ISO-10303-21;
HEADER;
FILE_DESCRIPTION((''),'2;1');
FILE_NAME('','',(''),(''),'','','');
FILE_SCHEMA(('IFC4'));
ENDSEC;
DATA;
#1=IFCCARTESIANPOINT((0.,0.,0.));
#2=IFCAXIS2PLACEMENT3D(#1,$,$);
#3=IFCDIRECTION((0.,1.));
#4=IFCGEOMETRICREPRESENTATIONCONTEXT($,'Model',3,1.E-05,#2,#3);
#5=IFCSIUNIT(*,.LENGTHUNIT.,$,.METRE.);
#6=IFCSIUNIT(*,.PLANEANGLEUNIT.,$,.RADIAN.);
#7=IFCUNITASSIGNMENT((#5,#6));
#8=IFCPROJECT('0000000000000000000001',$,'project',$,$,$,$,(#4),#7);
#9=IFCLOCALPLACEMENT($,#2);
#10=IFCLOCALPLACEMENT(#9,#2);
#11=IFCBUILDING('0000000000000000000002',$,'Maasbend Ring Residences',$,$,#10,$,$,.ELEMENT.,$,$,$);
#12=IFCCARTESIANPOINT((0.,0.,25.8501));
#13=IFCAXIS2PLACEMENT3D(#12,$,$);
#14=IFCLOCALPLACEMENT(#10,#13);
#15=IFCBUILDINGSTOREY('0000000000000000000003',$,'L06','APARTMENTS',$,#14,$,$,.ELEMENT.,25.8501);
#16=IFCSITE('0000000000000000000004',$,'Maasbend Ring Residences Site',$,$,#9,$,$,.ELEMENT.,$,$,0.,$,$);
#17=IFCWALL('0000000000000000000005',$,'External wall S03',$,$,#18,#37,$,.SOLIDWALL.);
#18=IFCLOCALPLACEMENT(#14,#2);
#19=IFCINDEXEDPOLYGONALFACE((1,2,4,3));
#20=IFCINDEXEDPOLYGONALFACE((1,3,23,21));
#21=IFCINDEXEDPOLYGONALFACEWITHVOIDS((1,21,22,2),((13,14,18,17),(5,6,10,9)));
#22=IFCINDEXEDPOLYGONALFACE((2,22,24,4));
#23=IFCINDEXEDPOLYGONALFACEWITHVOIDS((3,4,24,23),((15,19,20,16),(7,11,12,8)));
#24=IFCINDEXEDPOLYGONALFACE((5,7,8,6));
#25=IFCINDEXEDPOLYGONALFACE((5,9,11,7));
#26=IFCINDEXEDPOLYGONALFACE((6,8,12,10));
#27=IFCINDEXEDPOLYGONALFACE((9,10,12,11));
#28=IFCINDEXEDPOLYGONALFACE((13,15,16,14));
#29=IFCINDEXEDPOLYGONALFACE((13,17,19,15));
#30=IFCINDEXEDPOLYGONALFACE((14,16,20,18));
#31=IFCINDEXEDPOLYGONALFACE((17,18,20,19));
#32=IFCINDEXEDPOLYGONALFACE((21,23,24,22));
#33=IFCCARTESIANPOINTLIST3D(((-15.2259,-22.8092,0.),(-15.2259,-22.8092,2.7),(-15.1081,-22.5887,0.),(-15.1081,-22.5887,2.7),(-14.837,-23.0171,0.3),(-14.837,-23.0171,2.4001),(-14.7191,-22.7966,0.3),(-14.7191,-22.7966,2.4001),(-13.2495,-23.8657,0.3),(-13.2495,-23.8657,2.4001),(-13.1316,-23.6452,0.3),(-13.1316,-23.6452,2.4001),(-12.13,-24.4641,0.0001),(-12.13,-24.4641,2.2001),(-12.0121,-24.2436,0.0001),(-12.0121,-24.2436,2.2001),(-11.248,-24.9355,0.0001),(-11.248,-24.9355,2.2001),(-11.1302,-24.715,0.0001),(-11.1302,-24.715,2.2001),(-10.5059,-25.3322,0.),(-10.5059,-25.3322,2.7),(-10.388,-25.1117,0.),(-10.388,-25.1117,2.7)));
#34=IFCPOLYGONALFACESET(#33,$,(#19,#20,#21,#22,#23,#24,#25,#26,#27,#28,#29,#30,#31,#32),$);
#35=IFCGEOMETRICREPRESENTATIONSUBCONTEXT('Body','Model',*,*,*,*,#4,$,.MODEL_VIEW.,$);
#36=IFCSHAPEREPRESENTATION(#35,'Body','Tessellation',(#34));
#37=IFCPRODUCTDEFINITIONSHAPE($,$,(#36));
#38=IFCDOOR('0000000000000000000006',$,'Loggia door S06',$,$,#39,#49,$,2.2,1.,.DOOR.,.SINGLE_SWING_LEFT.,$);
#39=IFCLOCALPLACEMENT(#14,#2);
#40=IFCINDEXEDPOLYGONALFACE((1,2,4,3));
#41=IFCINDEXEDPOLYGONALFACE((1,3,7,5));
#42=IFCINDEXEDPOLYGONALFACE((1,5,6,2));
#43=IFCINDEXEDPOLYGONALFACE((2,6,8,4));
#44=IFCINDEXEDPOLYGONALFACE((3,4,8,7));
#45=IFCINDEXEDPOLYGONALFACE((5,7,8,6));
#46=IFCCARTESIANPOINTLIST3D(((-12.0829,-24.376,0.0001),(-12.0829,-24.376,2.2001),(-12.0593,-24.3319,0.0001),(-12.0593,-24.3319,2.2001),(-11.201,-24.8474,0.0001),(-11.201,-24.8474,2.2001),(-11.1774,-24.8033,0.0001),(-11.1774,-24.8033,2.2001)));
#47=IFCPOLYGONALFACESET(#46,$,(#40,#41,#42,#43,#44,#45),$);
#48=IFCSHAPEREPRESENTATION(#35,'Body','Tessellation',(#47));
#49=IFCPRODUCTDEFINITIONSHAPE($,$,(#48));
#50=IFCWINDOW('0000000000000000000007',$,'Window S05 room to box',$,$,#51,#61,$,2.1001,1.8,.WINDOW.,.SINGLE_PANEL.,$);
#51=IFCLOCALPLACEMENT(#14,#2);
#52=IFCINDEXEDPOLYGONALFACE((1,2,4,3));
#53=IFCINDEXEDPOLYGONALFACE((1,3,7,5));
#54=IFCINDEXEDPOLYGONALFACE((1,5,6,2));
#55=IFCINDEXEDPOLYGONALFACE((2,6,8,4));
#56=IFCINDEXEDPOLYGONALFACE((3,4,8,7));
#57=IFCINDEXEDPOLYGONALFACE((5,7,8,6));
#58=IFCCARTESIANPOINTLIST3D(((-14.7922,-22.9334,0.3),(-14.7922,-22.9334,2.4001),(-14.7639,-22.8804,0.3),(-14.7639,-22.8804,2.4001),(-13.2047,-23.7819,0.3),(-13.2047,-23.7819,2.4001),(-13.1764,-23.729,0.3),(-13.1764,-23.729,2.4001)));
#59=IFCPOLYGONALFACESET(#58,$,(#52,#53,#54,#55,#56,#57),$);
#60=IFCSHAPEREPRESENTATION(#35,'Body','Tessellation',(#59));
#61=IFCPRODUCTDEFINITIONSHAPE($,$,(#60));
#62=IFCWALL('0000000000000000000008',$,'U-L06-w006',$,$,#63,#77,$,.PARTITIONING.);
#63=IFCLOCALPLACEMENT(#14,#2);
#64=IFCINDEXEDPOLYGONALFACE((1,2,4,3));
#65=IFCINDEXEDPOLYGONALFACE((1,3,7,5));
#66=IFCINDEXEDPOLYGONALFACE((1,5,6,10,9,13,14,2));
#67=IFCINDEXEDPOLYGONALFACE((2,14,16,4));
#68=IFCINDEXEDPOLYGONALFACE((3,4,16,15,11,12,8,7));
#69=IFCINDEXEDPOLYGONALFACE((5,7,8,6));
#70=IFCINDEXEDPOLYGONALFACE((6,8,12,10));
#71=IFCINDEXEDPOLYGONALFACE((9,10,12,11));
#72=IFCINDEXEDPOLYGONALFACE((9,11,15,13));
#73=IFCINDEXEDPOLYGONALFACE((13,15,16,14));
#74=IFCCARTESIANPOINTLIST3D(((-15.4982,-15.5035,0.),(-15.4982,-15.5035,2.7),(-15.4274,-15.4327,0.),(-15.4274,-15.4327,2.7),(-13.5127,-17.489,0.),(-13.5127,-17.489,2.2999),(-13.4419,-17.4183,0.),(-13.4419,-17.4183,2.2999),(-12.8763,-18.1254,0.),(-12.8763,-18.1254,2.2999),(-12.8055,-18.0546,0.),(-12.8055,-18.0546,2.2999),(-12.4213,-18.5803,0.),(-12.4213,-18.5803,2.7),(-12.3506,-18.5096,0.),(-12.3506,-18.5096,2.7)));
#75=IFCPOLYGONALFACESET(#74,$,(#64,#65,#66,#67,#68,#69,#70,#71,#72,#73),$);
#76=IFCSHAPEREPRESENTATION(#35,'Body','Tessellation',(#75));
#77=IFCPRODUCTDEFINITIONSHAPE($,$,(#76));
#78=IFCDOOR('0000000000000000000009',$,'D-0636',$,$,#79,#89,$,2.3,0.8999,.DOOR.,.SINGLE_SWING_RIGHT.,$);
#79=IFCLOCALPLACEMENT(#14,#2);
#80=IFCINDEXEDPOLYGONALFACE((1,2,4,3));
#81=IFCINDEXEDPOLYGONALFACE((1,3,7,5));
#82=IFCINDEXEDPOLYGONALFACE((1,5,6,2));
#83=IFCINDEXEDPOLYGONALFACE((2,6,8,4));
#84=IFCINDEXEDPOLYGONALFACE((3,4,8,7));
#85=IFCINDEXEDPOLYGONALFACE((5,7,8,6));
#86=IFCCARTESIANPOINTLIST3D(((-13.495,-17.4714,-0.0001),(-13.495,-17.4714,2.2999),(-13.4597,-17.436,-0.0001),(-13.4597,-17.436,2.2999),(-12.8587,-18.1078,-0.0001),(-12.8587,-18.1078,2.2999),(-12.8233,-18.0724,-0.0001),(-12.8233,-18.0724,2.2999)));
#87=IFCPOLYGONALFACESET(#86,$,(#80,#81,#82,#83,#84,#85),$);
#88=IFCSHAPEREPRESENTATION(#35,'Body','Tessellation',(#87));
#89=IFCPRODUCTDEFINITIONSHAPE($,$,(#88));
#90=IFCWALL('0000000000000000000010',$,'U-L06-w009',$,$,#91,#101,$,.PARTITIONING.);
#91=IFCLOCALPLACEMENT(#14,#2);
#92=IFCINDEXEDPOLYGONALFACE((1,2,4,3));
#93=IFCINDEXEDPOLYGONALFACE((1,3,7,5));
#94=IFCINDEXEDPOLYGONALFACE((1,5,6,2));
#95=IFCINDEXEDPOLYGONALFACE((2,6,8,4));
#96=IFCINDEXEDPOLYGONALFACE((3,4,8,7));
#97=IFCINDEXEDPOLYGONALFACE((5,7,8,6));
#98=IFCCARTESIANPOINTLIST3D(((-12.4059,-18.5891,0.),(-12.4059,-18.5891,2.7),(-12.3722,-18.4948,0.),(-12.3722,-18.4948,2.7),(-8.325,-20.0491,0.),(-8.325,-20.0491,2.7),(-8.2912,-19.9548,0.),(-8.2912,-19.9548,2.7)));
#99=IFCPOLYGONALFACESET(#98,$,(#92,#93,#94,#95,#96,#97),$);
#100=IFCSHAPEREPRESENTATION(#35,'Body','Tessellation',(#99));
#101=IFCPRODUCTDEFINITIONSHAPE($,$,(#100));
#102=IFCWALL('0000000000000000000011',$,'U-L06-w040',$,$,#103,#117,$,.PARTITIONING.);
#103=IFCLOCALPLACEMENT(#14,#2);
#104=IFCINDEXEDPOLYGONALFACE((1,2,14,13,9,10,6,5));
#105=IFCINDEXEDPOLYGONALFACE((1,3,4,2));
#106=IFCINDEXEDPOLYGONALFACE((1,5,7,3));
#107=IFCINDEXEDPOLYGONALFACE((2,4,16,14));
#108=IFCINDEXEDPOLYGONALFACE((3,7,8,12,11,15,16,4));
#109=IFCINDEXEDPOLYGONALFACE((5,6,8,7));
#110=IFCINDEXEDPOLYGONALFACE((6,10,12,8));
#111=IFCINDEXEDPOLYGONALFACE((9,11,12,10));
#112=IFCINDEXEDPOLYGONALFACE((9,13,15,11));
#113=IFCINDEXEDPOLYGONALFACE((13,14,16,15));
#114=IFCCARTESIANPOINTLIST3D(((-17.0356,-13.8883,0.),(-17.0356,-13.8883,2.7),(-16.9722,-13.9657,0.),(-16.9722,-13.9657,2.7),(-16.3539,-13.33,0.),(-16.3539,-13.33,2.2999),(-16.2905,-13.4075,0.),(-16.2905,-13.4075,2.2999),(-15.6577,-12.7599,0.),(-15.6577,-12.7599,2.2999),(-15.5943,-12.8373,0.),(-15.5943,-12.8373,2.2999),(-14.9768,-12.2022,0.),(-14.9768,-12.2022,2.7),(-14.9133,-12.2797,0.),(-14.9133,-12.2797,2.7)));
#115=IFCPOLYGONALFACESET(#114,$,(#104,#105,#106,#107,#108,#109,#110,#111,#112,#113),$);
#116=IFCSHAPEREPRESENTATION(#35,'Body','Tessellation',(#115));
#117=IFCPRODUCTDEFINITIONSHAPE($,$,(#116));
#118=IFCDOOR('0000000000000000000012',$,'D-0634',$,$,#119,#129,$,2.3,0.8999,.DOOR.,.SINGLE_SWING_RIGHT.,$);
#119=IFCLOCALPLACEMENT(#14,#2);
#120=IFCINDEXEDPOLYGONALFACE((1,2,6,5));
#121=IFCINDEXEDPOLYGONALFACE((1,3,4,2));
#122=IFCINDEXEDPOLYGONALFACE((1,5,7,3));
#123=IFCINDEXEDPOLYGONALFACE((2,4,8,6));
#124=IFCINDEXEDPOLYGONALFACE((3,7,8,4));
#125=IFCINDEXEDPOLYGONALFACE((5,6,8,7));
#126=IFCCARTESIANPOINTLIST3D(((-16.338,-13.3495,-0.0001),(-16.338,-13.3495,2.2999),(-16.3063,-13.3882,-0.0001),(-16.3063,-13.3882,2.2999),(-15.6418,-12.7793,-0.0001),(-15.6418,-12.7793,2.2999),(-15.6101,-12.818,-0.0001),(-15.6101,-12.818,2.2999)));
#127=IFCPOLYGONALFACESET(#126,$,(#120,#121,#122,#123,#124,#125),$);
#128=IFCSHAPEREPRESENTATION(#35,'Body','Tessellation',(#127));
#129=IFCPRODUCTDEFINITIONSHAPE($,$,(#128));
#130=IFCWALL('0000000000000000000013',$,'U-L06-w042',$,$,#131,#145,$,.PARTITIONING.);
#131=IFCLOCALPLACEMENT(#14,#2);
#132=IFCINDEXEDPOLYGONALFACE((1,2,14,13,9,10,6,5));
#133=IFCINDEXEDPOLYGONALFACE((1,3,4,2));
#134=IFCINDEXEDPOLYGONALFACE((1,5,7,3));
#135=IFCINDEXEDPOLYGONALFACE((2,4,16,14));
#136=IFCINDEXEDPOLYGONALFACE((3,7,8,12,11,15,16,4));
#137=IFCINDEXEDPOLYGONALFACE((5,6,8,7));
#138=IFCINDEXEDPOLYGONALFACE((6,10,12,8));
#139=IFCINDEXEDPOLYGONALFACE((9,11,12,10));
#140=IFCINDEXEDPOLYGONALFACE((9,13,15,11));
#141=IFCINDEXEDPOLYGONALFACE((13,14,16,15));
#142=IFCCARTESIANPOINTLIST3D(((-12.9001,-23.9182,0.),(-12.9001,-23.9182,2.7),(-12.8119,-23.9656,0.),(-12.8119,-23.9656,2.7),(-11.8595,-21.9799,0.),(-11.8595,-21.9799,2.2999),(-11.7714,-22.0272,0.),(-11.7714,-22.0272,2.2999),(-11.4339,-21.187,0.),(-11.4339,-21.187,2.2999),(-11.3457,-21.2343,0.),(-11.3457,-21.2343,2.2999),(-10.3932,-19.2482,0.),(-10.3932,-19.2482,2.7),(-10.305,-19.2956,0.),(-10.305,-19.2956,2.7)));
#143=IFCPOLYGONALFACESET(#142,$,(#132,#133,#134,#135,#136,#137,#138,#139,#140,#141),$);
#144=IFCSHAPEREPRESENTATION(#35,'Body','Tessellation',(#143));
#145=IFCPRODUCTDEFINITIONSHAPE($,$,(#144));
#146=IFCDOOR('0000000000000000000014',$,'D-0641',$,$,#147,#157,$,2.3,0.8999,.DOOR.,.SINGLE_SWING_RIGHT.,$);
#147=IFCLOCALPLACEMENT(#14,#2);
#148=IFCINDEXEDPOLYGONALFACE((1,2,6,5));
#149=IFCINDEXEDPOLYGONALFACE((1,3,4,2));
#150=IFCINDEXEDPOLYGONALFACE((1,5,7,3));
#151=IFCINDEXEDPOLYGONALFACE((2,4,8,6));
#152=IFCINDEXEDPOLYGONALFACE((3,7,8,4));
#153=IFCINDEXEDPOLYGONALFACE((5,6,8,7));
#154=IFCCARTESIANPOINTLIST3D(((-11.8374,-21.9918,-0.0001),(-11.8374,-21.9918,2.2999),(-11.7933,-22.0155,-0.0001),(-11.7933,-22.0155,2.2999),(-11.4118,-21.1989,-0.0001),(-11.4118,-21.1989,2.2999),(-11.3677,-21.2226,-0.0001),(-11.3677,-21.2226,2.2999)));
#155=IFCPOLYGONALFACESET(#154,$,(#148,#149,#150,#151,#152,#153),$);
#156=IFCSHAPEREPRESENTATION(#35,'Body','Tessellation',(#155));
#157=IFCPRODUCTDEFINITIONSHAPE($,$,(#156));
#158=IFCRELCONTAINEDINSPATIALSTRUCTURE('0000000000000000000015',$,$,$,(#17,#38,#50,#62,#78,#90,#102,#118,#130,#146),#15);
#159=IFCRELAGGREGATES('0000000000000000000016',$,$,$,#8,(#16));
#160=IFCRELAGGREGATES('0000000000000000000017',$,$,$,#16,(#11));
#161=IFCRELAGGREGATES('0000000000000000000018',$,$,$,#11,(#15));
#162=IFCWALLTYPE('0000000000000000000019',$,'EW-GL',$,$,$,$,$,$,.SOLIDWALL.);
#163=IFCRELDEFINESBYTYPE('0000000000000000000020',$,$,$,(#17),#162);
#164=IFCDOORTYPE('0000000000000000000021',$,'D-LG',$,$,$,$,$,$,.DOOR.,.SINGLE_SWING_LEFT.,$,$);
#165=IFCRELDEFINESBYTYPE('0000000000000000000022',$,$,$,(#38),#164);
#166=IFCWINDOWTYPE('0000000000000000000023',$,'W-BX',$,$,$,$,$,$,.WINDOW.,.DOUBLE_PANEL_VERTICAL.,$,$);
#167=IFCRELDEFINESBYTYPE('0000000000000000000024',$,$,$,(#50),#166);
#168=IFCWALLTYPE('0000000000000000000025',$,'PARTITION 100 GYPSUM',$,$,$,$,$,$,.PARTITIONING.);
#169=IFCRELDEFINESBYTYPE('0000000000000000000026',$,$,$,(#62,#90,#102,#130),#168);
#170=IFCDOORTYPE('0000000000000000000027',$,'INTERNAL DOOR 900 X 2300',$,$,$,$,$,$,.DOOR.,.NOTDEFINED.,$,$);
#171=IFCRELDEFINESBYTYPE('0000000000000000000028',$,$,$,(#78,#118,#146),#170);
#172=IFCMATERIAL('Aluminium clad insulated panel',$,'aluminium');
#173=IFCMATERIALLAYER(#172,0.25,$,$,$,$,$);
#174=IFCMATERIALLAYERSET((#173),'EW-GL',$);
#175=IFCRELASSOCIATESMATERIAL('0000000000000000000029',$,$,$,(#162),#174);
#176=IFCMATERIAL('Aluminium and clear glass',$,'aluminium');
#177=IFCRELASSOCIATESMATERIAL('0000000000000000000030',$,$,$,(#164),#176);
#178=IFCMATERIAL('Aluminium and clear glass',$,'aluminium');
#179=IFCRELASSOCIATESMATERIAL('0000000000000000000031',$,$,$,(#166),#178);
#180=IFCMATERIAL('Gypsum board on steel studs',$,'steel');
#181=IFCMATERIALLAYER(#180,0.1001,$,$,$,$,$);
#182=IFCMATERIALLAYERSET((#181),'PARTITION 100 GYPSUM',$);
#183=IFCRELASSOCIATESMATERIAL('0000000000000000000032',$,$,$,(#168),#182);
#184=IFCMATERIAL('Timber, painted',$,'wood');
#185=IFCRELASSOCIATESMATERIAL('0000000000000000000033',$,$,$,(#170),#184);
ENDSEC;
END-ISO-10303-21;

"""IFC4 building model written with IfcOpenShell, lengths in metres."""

from ifc_helpers import new_model, si_unit, direction, frame, frame_2d, origin, place, context, subcontext, project, spatial, rectangle, extrude, material, layer, layer_set, type_object, element, fill, save


model = new_model("IFC4")

# Units and contexts
model_context = context("Model", 3, precision=1e-05, world=origin(), true_north=direction((0.0, 1.0)))
body_context = subcontext(model_context, "Body", "Model", "MODEL_VIEW")
ifc_project = project(units=[si_unit("LENGTHUNIT", "METRE"), si_unit("PLANEANGLEUNIT", "RADIAN")], contexts=[model_context])

# Site, building, storey
site_placement = place(None, origin())
site = spatial("IfcSite", under=ifc_project, at=site_placement, Name="Maasbend Ring Residences Site", CompositionType="ELEMENT", RefElevation=0.0)
building_placement = place(site_placement, origin())
building = spatial("IfcBuilding", under=site, at=building_placement, Name="Maasbend Ring Residences", CompositionType="ELEMENT")
storey_placement = place(building_placement, frame((0.0, 0.0, 25.8501)))
storey = spatial("IfcBuildingStorey", under=building, at=storey_placement, Name="L06", Description="APARTMENTS", CompositionType="ELEMENT", Elevation=25.8501)

# Wall, openings, door, window
ifc_material_1 = material(Name="Aluminium clad insulated panel", Category="aluminium")
ifc_layer_1 = layer(ifc_material_1, 0.25)
ifc_layer_set_1 = layer_set([ifc_layer_1], Name="EW-GL")
wall_type_1 = type_object("IfcWallType", Name="EW-GL", PredefinedType="SOLIDWALL", material=ifc_layer_set_1)
wall_1_placement = place(storey_placement, frame((-15.167, -22.699, 0.0), z_axis=(0.0, 0.0, 1.0), x_axis=(0.881916, -0.471407, 0.0)))
wall_1 = element("IfcWall", 1, at=wall_1_placement, inside=storey, type_object=wall_type_1, Name="External wall S03", PredefinedType="SOLIDWALL", context=body_context, shape_type="SweptSolid", body=[
    extrude(rectangle(XDim=5.3521, YDim=0.25, at=frame_2d((2.676, 0.0))), origin(), (0.0, 0.0, 1.0), 2.7),
])
opening_1_placement = place(wall_1_placement, frame((0.4412, 0.0, 0.3)))
opening_1 = element("IfcOpeningElement", 2, at=opening_1_placement, cuts=wall_1, PredefinedType="OPENING", context=body_context, shape_type="SweptSolid", body=[
    extrude(rectangle(XDim=1.8, YDim=2.1001, at=frame_2d((0.8999, 1.05))), frame((0.0, 0.135, 0.0), z_axis=(0.0, -1.0, 0.0), x_axis=(1.0, 0.0, 0.0)), (0.0, 0.0, 1.0), 0.27),
])
opening_2_placement = place(wall_1_placement, frame((3.5105, 0.0, 0.0)))
opening_2 = element("IfcOpeningElement", 3, at=opening_2_placement, cuts=wall_1, PredefinedType="OPENING", context=body_context, shape_type="SweptSolid", body=[
    extrude(rectangle(XDim=1.0, YDim=2.2, at=frame_2d((0.5, 1.1001))), frame((0.0, 0.135, 0.0), z_axis=(0.0, -1.0, 0.0), x_axis=(1.0, 0.0, 0.0)), (0.0, 0.0, 1.0), 0.27),
])
ifc_material_2 = material(Name="Aluminium and clear glass", Category="aluminium")
door_type_1 = type_object("IfcDoorType", Name="D-LG", OperationType="SINGLE_SWING_LEFT", PredefinedType="DOOR", material=ifc_material_2)
door_1_placement = place(opening_2_placement, origin())
door_1 = element("IfcDoor", 4, at=door_1_placement, inside=storey, type_object=door_type_1, Name="Loggia door S06", OperationType="SINGLE_SWING_LEFT", OverallHeight=2.2, OverallWidth=1.0, PredefinedType="DOOR", context=body_context, shape_type="SweptSolid", body=[
    extrude(rectangle(XDim=1.0, YDim=2.2, at=frame_2d((0.5, 1.1001))), frame((0.0, 0.0249, 0.0), z_axis=(0.0, -1.0, 0.0), x_axis=(1.0, 0.0, 0.0)), (0.0, 0.0, 1.0), 0.05),
])
fill(opening_2, door_1)
ifc_material_3 = material(Name="Aluminium and clear glass", Category="aluminium")
window_type_1 = type_object("IfcWindowType", Name="W-BX", PartitioningType="DOUBLE_PANEL_VERTICAL", PredefinedType="WINDOW", material=ifc_material_3)
window_1_placement = place(opening_1_placement, origin())
window_1 = element("IfcWindow", 5, at=window_1_placement, inside=storey, type_object=window_type_1, Name="Window S05 room to box", OverallHeight=2.1001, OverallWidth=1.8, PartitioningType="SINGLE_PANEL", PredefinedType="WINDOW", context=body_context, shape_type="SweptSolid", body=[
    extrude(rectangle(XDim=1.8, YDim=2.1001, at=frame_2d((0.8999, 1.05))), frame((0.0, 0.03, 0.0), z_axis=(0.0, -1.0, 0.0), x_axis=(1.0, 0.0, 0.0)), (0.0, 0.0, 1.0), 0.0601),
])
fill(opening_1, window_1)

# Wall, opening, door
ifc_material_4 = material(Name="Gypsum board on steel studs", Category="steel")
ifc_layer_2 = layer(ifc_material_4, 0.1001)
ifc_layer_set_2 = layer_set([ifc_layer_2], Name="PARTITION 100 GYPSUM")
wall_type_2 = type_object("IfcWallType", Name="PARTITION 100 GYPSUM", PredefinedType="PARTITIONING", material=ifc_layer_set_2)
wall_2_placement = place(storey_placement, frame((-15.4629, -15.468, 0.0), z_axis=(0.0, 0.0, 1.0), x_axis=(0.707107, -0.707107, 0.0)))
wall_2 = element("IfcWall", 6, at=wall_2_placement, inside=storey, type_object=wall_type_2, Name="U-L06-w006", PredefinedType="PARTITIONING", context=body_context, shape_type="SweptSolid", body=[
    extrude(rectangle(XDim=4.3513, YDim=0.1001, at=frame_2d((2.1758, 0.0))), origin(), (0.0, 0.0, 1.0), 2.7),
])
opening_3_placement = place(wall_2_placement, frame((2.8081, 0.0, 0.0)))
opening_3 = element("IfcOpeningElement", 7, at=opening_3_placement, cuts=wall_2, PredefinedType="OPENING", context=body_context, shape_type="SweptSolid", body=[
    extrude(rectangle(XDim=0.8999, YDim=2.3, at=frame_2d((0.45, 1.1499))), frame((0.0, 0.0601, 0.0), z_axis=(0.0, -1.0, 0.0), x_axis=(1.0, 0.0, 0.0)), (0.0, 0.0, 1.0), 0.1201),
])
ifc_material_5 = material(Name="Timber, painted", Category="wood")
door_type_2 = type_object("IfcDoorType", Name="INTERNAL DOOR 900 X 2300", OperationType="NOTDEFINED", PredefinedType="DOOR", material=ifc_material_5)
door_2_placement = place(opening_3_placement, origin())
door_2 = element("IfcDoor", 8, at=door_2_placement, inside=storey, type_object=door_type_2, Name="D-0636", OperationType="SINGLE_SWING_RIGHT", OverallHeight=2.3, OverallWidth=0.8999, PredefinedType="DOOR", context=body_context, shape_type="SweptSolid", body=[
    extrude(rectangle(XDim=0.8999, YDim=2.3, at=frame_2d((0.45, 1.1499))), frame((0.0, 0.0249, 0.0), z_axis=(0.0, -1.0, 0.0), x_axis=(1.0, 0.0, 0.0)), (0.0, 0.0, 1.0), 0.05),
])
fill(opening_3, door_2)

# Wall
wall_3_placement = place(storey_placement, frame((-12.3889, -18.542, 0.0), z_axis=(0.0, 0.0, 1.0), x_axis=(0.941557, -0.336854, 0.0)))
element("IfcWall", 9, at=wall_3_placement, inside=storey, type_object=wall_type_2, Name="U-L06-w009", PredefinedType="PARTITIONING", context=body_context, shape_type="SweptSolid", body=[
    extrude(rectangle(XDim=4.3342, YDim=0.1001, at=frame_2d((2.167, 0.0))), origin(), (0.0, 0.0, 1.0), 2.7),
])

# Walls, openings, doors
wall_4_placement = place(storey_placement, frame((-17.0039, -13.927, 0.0), z_axis=(0.0, 0.0, 1.0), x_axis=(0.773675, 0.633582, 0.0)))
wall_4 = element("IfcWall", 10, at=wall_4_placement, inside=storey, type_object=wall_type_2, Name="U-L06-w040", PredefinedType="PARTITIONING", context=body_context, shape_type="SweptSolid", body=[
    extrude(rectangle(XDim=2.6611, YDim=0.1001, at=frame_2d((1.3306, 0.0))), origin(), (0.0, 0.0, 1.0), 2.7),
])
opening_4_placement = place(wall_4_placement, frame((0.8811, 0.0, 0.0)))
opening_4 = element("IfcOpeningElement", 11, at=opening_4_placement, cuts=wall_4, PredefinedType="OPENING", context=body_context, shape_type="SweptSolid", body=[
    extrude(rectangle(XDim=0.8999, YDim=2.3, at=frame_2d((0.45, 1.1499))), frame((0.0, 0.0601, 0.0), z_axis=(0.0, -1.0, 0.0), x_axis=(1.0, 0.0, 0.0)), (0.0, 0.0, 1.0), 0.1201),
])
door_3_placement = place(opening_4_placement, origin())
door_3 = element("IfcDoor", 12, at=door_3_placement, inside=storey, type_object=door_type_2, Name="D-0634", OperationType="SINGLE_SWING_RIGHT", OverallHeight=2.3, OverallWidth=0.8999, PredefinedType="DOOR", context=body_context, shape_type="SweptSolid", body=[
    extrude(rectangle(XDim=0.8999, YDim=2.3, at=frame_2d((0.45, 1.1499))), frame((0.0, 0.0249, 0.0), z_axis=(0.0, -1.0, 0.0), x_axis=(1.0, 0.0, 0.0)), (0.0, 0.0, 1.0), 0.05),
])
fill(opening_4, door_3)
wall_5_placement = place(storey_placement, frame((-12.856, -23.9419, 0.0), z_axis=(0.0, 0.0, 1.0), x_axis=(0.472968, 0.88108, 0.0)))
wall_5 = element("IfcWall", 13, at=wall_5_placement, inside=storey, type_object=wall_type_2, Name="U-L06-w042", PredefinedType="PARTITIONING", context=body_context, shape_type="SweptSolid", body=[
    extrude(rectangle(XDim=5.3003, YDim=0.1001, at=frame_2d((2.6501, 0.0))), origin(), (0.0, 0.0, 1.0), 2.7),
])
opening_5_placement = place(wall_5_placement, frame((2.2, 0.0, 0.0)))
opening_5 = element("IfcOpeningElement", 14, at=opening_5_placement, cuts=wall_5, PredefinedType="OPENING", context=body_context, shape_type="SweptSolid", body=[
    extrude(rectangle(XDim=0.8999, YDim=2.3, at=frame_2d((0.45, 1.1499))), frame((0.0, 0.0601, 0.0), z_axis=(0.0, -1.0, 0.0), x_axis=(1.0, 0.0, 0.0)), (0.0, 0.0, 1.0), 0.1201),
])
door_4_placement = place(opening_5_placement, origin())
door_4 = element("IfcDoor", 15, at=door_4_placement, inside=storey, type_object=door_type_2, Name="D-0641", OperationType="SINGLE_SWING_RIGHT", OverallHeight=2.3, OverallWidth=0.8999, PredefinedType="DOOR", context=body_context, shape_type="SweptSolid", body=[
    extrude(rectangle(XDim=0.8999, YDim=2.3, at=frame_2d((0.45, 1.1499))), frame((0.0, 0.0249, 0.0), z_axis=(0.0, -1.0, 0.0), x_axis=(1.0, 0.0, 0.0)), (0.0, 0.0, 1.0), 0.05),
])
fill(opening_5, door_4)

save(model, "model.ifc")
